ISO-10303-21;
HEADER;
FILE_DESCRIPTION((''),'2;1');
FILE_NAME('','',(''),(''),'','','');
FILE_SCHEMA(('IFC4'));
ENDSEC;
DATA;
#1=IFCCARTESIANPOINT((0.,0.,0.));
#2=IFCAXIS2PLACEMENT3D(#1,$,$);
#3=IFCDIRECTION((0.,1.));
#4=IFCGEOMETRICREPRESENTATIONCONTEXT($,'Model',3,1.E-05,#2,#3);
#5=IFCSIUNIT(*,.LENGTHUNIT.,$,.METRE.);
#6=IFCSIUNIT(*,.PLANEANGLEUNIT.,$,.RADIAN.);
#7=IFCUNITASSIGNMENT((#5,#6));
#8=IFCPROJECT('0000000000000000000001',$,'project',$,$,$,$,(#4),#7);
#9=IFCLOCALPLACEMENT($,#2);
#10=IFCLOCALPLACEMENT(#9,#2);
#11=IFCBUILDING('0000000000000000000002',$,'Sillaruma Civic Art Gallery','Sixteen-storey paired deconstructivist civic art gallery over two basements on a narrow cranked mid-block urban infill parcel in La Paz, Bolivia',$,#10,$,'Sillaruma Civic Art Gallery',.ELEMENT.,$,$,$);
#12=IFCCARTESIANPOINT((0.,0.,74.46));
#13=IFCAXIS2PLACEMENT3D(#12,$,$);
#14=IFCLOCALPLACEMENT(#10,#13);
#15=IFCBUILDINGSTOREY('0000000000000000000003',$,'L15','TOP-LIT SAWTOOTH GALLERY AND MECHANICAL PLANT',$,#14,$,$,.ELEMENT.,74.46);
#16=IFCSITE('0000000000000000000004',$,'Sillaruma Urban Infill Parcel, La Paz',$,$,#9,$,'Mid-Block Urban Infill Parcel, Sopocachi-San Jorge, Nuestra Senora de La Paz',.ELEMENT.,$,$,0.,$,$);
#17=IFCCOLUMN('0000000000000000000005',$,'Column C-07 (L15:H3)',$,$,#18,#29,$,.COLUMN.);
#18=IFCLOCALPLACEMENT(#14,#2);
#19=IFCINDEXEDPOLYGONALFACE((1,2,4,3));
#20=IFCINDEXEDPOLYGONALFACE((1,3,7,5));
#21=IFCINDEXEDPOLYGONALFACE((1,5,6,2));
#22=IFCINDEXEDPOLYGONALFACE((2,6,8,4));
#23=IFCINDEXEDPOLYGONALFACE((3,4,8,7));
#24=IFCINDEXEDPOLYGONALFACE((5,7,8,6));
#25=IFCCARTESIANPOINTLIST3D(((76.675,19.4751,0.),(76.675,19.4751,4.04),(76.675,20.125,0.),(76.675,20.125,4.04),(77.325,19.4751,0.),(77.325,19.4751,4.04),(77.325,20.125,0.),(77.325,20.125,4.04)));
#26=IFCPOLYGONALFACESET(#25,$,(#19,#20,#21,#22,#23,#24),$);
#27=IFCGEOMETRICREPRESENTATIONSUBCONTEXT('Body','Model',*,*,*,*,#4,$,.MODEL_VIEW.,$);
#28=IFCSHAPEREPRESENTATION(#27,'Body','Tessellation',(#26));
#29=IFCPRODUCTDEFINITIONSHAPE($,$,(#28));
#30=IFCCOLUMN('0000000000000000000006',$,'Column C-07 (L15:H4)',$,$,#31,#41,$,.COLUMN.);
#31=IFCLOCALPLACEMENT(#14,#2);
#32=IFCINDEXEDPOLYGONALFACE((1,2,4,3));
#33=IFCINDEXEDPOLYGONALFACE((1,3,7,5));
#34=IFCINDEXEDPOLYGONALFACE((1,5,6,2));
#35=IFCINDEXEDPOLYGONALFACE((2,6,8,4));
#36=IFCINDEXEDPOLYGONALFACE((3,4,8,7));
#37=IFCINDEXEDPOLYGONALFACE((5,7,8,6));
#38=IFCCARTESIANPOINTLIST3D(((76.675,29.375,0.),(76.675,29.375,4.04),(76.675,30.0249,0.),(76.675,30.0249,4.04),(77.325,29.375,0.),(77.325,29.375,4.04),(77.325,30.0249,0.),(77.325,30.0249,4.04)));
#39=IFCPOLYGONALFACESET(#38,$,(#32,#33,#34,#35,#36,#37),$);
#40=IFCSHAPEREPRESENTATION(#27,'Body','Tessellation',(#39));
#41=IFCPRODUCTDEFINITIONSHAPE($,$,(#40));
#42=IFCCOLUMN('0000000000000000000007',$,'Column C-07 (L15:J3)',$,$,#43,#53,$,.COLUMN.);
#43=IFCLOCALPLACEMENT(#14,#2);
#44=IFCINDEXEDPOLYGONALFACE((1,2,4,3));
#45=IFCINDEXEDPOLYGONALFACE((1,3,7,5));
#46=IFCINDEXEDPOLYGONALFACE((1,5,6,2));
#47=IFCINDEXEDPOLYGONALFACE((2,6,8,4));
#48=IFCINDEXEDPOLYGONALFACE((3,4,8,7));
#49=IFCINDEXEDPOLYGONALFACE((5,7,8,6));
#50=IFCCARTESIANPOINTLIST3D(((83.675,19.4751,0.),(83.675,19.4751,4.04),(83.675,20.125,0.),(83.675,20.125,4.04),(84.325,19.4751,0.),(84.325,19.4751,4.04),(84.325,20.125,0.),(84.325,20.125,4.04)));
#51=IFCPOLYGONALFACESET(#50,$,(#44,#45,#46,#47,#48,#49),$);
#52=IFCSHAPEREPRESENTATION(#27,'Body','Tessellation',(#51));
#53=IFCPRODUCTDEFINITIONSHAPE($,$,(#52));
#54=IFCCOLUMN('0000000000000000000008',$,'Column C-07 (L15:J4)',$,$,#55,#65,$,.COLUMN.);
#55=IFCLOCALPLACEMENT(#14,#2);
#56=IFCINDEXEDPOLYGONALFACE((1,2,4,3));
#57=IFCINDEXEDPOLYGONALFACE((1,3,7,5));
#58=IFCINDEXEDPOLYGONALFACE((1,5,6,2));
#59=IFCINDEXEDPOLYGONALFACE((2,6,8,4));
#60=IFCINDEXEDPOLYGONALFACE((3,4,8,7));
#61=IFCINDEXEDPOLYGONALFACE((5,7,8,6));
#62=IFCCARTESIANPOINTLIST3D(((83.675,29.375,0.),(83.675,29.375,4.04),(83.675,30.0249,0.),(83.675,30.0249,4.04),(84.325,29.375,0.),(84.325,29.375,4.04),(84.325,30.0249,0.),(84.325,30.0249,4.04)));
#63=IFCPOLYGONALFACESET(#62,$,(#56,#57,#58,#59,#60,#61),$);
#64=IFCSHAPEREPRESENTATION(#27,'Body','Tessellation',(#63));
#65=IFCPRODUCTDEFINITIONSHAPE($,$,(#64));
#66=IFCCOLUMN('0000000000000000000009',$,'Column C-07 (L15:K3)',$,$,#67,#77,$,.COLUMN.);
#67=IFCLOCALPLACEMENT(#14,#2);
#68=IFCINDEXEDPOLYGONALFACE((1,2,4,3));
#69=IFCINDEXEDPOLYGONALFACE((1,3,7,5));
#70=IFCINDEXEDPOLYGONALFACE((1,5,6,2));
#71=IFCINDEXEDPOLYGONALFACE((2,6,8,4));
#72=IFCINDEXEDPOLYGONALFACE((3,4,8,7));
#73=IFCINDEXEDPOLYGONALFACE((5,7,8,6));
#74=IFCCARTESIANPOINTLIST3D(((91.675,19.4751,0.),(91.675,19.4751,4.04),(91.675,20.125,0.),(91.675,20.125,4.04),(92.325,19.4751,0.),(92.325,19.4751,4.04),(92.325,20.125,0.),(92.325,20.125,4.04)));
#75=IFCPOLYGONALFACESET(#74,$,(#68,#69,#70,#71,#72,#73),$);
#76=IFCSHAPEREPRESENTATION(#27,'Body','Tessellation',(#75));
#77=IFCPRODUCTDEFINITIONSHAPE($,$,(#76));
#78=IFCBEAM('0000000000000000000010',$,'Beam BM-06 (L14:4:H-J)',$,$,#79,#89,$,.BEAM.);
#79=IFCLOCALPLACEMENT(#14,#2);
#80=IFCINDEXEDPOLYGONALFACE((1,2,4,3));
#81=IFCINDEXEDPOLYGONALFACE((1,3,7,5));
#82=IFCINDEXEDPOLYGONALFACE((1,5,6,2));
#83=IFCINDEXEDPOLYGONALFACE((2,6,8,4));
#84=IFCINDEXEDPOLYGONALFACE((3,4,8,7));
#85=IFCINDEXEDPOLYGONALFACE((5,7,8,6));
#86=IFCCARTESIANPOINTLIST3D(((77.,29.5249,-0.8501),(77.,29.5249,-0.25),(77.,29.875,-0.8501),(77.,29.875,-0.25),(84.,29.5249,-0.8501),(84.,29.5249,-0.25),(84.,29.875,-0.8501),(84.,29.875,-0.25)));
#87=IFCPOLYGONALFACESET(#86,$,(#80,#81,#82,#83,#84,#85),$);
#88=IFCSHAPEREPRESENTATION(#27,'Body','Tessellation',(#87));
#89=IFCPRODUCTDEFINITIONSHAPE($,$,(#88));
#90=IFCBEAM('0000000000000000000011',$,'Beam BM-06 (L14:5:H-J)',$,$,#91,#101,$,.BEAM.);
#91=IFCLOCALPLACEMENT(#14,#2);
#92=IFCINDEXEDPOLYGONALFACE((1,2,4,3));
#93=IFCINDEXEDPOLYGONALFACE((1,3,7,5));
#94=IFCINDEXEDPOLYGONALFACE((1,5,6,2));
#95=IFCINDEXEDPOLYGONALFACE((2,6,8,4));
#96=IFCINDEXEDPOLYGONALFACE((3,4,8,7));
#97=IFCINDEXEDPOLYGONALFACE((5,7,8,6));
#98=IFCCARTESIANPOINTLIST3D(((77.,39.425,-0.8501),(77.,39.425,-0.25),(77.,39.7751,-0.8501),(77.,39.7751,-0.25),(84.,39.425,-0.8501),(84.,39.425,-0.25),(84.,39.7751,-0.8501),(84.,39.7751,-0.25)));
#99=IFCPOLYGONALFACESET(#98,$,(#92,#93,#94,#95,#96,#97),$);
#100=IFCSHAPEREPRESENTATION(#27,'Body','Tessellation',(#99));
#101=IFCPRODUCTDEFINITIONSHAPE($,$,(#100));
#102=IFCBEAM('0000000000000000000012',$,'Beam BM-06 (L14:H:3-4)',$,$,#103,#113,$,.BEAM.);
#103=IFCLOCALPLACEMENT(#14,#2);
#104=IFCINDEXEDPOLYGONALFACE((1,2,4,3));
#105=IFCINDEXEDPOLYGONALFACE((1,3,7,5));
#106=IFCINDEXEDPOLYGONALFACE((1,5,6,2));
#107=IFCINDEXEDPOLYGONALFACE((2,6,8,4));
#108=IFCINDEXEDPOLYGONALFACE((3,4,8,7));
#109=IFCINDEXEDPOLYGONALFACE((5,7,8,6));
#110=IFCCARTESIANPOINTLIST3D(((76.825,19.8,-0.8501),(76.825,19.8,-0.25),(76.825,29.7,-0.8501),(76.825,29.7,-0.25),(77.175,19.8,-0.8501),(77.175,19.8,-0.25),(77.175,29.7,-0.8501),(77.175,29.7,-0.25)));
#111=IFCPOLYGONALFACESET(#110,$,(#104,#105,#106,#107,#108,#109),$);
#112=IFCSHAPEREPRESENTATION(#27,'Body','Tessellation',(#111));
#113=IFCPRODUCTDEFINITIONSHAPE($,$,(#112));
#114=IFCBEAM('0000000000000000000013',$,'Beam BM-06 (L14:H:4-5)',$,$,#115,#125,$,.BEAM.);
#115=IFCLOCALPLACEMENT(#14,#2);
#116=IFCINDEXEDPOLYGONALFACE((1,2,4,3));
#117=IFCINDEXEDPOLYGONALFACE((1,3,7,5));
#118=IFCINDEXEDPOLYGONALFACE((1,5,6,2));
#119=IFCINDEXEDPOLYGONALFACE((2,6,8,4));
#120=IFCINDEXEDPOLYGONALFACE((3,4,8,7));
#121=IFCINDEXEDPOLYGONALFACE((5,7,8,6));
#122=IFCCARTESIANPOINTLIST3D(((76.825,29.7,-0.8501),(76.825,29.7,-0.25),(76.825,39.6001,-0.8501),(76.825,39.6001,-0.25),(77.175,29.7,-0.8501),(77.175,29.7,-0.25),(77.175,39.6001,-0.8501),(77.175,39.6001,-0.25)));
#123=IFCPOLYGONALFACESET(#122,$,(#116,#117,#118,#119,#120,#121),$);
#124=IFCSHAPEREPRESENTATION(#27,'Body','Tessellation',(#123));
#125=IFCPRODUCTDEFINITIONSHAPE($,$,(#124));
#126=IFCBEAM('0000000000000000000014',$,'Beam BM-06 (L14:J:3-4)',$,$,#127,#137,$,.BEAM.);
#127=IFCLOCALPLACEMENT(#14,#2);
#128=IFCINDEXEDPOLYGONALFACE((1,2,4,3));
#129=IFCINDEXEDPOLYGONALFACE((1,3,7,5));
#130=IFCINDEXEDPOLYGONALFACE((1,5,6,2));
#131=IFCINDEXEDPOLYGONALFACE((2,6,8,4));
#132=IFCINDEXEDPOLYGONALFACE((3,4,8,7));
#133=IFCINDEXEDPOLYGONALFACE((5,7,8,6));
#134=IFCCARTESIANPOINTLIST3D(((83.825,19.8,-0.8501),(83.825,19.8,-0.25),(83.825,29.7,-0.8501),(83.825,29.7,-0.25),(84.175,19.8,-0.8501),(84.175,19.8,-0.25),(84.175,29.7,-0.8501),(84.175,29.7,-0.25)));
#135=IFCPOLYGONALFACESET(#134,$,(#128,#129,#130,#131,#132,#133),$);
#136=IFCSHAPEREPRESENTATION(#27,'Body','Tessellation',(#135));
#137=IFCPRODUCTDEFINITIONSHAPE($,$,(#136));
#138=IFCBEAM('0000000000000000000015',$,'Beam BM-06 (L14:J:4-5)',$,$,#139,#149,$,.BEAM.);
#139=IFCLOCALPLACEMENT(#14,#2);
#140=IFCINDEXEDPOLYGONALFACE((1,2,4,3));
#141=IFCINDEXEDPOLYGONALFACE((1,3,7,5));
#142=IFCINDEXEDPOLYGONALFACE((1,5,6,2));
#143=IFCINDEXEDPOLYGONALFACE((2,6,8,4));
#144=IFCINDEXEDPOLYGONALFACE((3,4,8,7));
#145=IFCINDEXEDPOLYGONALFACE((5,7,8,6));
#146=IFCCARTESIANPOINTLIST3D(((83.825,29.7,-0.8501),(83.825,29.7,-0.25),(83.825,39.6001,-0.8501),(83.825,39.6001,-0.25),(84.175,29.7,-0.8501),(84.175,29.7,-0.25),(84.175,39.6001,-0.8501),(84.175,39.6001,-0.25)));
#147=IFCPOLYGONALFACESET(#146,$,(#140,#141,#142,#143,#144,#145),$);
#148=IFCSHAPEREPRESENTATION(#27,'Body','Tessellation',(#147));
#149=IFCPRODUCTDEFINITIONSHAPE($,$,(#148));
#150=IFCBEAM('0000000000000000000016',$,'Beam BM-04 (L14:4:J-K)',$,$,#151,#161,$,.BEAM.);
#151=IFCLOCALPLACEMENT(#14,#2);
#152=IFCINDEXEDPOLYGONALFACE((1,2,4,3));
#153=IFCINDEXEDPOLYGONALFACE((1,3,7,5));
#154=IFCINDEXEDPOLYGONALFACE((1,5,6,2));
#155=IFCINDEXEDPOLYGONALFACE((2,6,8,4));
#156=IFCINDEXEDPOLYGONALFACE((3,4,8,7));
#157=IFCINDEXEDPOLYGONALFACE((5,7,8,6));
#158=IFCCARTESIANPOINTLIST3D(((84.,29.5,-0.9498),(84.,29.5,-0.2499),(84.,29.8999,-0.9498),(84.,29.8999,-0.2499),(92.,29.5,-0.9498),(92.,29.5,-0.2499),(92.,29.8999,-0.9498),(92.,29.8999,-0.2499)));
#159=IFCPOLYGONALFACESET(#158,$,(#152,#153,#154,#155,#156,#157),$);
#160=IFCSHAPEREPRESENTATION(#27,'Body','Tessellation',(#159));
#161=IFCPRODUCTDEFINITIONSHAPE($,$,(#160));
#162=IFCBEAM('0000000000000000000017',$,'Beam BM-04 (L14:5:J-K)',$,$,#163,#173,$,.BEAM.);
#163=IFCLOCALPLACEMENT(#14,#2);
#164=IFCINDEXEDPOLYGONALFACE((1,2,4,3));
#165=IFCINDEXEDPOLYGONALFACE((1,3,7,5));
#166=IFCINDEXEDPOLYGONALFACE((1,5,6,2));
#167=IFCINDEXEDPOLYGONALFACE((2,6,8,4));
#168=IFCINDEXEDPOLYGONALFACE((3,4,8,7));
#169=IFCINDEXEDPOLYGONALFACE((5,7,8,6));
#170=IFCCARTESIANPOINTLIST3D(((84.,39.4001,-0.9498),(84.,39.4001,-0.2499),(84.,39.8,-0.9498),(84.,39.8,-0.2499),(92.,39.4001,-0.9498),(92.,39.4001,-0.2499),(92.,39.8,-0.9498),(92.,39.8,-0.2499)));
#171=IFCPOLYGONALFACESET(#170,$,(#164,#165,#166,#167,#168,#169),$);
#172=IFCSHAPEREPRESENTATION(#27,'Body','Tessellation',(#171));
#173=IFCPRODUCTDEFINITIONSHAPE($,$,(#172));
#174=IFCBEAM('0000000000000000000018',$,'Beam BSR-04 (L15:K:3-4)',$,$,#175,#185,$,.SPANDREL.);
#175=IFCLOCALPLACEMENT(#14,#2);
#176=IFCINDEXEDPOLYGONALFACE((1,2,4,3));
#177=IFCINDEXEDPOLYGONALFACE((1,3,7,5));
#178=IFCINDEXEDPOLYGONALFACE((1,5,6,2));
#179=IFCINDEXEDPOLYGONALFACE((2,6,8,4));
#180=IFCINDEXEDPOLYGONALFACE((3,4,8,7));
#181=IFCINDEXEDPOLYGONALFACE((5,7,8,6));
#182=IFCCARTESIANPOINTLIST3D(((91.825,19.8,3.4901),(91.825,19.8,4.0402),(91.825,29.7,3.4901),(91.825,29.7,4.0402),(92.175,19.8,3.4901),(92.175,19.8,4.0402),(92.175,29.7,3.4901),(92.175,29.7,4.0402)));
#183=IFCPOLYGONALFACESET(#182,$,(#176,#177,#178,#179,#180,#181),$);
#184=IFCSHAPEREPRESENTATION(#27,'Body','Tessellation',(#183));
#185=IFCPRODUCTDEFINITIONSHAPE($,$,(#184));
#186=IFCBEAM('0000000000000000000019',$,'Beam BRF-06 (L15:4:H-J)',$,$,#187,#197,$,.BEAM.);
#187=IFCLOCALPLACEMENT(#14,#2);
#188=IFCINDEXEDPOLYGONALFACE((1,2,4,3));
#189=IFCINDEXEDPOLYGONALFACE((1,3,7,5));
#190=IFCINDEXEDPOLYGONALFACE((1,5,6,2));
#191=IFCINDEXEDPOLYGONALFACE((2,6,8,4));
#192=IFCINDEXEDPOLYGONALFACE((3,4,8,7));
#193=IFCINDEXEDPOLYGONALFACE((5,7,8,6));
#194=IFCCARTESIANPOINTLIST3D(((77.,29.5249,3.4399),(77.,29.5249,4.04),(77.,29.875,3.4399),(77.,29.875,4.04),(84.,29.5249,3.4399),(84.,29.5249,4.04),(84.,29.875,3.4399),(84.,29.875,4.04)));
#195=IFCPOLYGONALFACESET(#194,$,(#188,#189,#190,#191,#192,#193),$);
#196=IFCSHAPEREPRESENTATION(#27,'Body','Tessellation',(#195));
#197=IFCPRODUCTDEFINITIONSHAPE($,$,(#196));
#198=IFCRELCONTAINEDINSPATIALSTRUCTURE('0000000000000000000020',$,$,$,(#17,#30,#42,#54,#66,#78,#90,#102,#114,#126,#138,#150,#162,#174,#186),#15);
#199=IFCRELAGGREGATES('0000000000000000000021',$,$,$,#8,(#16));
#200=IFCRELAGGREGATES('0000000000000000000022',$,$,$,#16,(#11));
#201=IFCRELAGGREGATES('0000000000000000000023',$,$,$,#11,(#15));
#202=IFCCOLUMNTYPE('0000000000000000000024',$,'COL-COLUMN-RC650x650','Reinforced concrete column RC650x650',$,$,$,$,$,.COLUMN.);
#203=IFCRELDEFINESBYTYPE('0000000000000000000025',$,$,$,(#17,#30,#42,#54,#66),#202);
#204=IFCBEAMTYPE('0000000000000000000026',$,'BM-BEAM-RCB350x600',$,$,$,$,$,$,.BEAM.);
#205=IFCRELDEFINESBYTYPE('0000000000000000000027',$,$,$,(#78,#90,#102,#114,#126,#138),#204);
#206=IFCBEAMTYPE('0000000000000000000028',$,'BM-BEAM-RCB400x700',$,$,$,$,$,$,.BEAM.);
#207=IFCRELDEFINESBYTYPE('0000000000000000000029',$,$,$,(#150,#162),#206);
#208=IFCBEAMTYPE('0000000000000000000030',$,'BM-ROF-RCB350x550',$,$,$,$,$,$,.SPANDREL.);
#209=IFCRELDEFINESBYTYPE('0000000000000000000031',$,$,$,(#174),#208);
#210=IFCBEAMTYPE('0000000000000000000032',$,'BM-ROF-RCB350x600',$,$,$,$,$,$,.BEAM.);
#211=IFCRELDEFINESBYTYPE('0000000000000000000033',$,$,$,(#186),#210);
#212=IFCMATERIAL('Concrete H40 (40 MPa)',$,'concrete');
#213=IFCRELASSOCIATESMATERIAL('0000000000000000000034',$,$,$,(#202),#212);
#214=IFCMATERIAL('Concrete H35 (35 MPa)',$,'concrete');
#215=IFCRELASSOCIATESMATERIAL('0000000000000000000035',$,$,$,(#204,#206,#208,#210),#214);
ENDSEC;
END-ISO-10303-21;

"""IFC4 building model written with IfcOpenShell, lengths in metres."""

from ifc_helpers import new_model, si_unit, direction, frame, origin, origin_2d, place, context, subcontext, project, spatial, rectangle, extrude, material, material_profile, profile_set, type_object, element, save


model = new_model("IFC4")

# Units and contexts
model_context = context("Model", 3, precision=1e-05, world=origin(), true_north=direction((0.0, 1.0)))
body_context = subcontext(model_context, "Body", "Model", "MODEL_VIEW")
ifc_project = project(units=[si_unit("LENGTHUNIT", "METRE"), si_unit("PLANEANGLEUNIT", "RADIAN")], contexts=[model_context])

# Site, building, storey
site_placement = place(None, origin())
site = spatial("IfcSite", under=ifc_project, at=site_placement, Name="Sillaruma Urban Infill Parcel, La Paz", LongName="Mid-Block Urban Infill Parcel, Sopocachi-San Jorge, Nuestra Senora de La Paz", CompositionType="ELEMENT", RefElevation=0.0)
building_placement = place(site_placement, origin())
building = spatial("IfcBuilding", under=site, at=building_placement, Name="Sillaruma Civic Art Gallery", Description="Sixteen-storey paired deconstructivist civic art gallery over two basements on a narrow cranked mid-block urban infill parcel in La Paz, Bolivia", LongName="Sillaruma Civic Art Gallery", CompositionType="ELEMENT")
storey_placement = place(building_placement, frame((0.0, 0.0, 74.46)))
storey = spatial("IfcBuildingStorey", under=building, at=storey_placement, Name="L15", Description="TOP-LIT SAWTOOTH GALLERY AND MECHANICAL PLANT", CompositionType="ELEMENT", Elevation=74.46)

# Columns
ifc_material_1 = material(Name="Concrete H40 (40 MPa)", Category="concrete")
ifc_material_profile_1 = material_profile(ifc_material_1, rectangle(XDim=0.6499, YDim=0.6499, at=origin_2d()), Name="RC650x650")
ifc_profile_set_1 = profile_set([ifc_material_profile_1], Name="Concrete H40 (40 MPa)")
column_type = type_object("IfcColumnType", Name="COL-COLUMN-RC650x650", Description="Reinforced concrete column RC650x650", PredefinedType="COLUMN", material=ifc_profile_set_1)
for number, where, z_axis, x_axis, name in (
    (1, (77.0, 19.8, 0.0), (0.0, 0.0, 1.0), (1.0, 0.0, 0.0), "Column C-07 (L15:H3)"),
    (2, (77.0, 29.7, 0.0), (0.0, 0.0, 1.0), (1.0, 0.0, 0.0), "Column C-07 (L15:H4)"),
    (3, (84.0, 19.8, 0.0), (0.0, 0.0, 1.0), (1.0, 0.0, 0.0), "Column C-07 (L15:J3)"),
    (4, (84.0, 29.7, 0.0), (0.0, 0.0, 1.0), (1.0, 0.0, 0.0), "Column C-07 (L15:J4)"),
    (5, (92.0, 19.8, 0.0), (0.0, 0.0, 1.0), (1.0, 0.0, 0.0), "Column C-07 (L15:K3)"),
):
    element("IfcColumn", number, at=place(storey_placement, frame(where, z_axis=z_axis, x_axis=x_axis)), inside=storey, type_object=column_type, Name=name, PredefinedType="COLUMN", context=body_context, shape_type="SweptSolid", body=[
        extrude(rectangle(XDim=0.6499, YDim=0.6499, at=origin_2d()), origin(), (0.0, 0.0, 1.0), 4.04),
    ])

# Beams
ifc_material_2 = material(Name="Concrete H35 (35 MPa)", Category="concrete")
ifc_material_profile_2 = material_profile(ifc_material_2, rectangle(XDim=0.3501, YDim=0.6001, at=origin_2d()), Name="RCB350x600")
ifc_profile_set_2 = profile_set([ifc_material_profile_2], Name="Concrete H35 (35 MPa)")
beam_type_1 = type_object("IfcBeamType", Name="BM-BEAM-RCB350x600", PredefinedType="BEAM", material=ifc_profile_set_2)
for number, where, z_axis, x_axis, name in (
    (6, (77.0, 29.7, -0.55), (1.0, 0.0, 0.0), (0.0, 1.0, 0.0), "Beam BM-06 (L14:4:H-J)"),
    (7, (77.0, 39.6001, -0.55), (1.0, 0.0, 0.0), (0.0, 1.0, 0.0), "Beam BM-06 (L14:5:H-J)"),
):
    element("IfcBeam", number, at=place(storey_placement, frame(where, z_axis=z_axis, x_axis=x_axis)), inside=storey, type_object=beam_type_1, Name=name, PredefinedType="BEAM", context=body_context, shape_type="SweptSolid", body=[
        extrude(rectangle(XDim=0.3501, YDim=0.6001, at=origin_2d()), origin(), (0.0, 0.0, 1.0), 7.0),
    ])
beam_1_placement = place(storey_placement, frame((77.0, 19.8, -0.55), z_axis=(0.0, 1.0, 0.0), x_axis=(-1.0, 0.0, 0.0)))
element("IfcBeam", 8, at=beam_1_placement, inside=storey, type_object=beam_type_1, Name="Beam BM-06 (L14:H:3-4)", PredefinedType="BEAM", context=body_context, shape_type="SweptSolid", body=[
    extrude(rectangle(XDim=0.3501, YDim=0.6001, at=origin_2d()), origin(), (0.0, 0.0, 1.0), 9.8999),
])
beam_2_placement = place(storey_placement, frame((77.0, 29.7, -0.55), z_axis=(0.0, 1.0, 0.0), x_axis=(-1.0, 0.0, 0.0)))
element("IfcBeam", 9, at=beam_2_placement, inside=storey, type_object=beam_type_1, Name="Beam BM-06 (L14:H:4-5)", PredefinedType="BEAM", context=body_context, shape_type="SweptSolid", body=[
    extrude(rectangle(XDim=0.3501, YDim=0.6001, at=origin_2d()), origin(), (0.0, 0.0, 1.0), 9.9001),
])
beam_3_placement = place(storey_placement, frame((84.0, 19.8, -0.55), z_axis=(0.0, 1.0, 0.0), x_axis=(-1.0, 0.0, 0.0)))
element("IfcBeam", 10, at=beam_3_placement, inside=storey, type_object=beam_type_1, Name="Beam BM-06 (L14:J:3-4)", PredefinedType="BEAM", context=body_context, shape_type="SweptSolid", body=[
    extrude(rectangle(XDim=0.3501, YDim=0.6001, at=origin_2d()), origin(), (0.0, 0.0, 1.0), 9.8999),
])
beam_4_placement = place(storey_placement, frame((84.0, 29.7, -0.55), z_axis=(0.0, 1.0, 0.0), x_axis=(-1.0, 0.0, 0.0)))
element("IfcBeam", 11, at=beam_4_placement, inside=storey, type_object=beam_type_1, Name="Beam BM-06 (L14:J:4-5)", PredefinedType="BEAM", context=body_context, shape_type="SweptSolid", body=[
    extrude(rectangle(XDim=0.3501, YDim=0.6001, at=origin_2d()), origin(), (0.0, 0.0, 1.0), 9.9001),
])
ifc_material_profile_3 = material_profile(ifc_material_2, rectangle(XDim=0.3999, YDim=0.7, at=origin_2d()), Name="RCB400x700")
ifc_profile_set_3 = profile_set([ifc_material_profile_3], Name="Concrete H35 (35 MPa)")
beam_type_2 = type_object("IfcBeamType", Name="BM-BEAM-RCB400x700", PredefinedType="BEAM", material=ifc_profile_set_3)
for number, where, z_axis, x_axis, name in (
    (12, (84.0, 29.7, -0.5999), (1.0, 0.0, 0.0), (0.0, 1.0, 0.0), "Beam BM-04 (L14:4:J-K)"),
    (13, (84.0, 39.6001, -0.5999), (1.0, 0.0, 0.0), (0.0, 1.0, 0.0), "Beam BM-04 (L14:5:J-K)"),
):
    element("IfcBeam", number, at=place(storey_placement, frame(where, z_axis=z_axis, x_axis=x_axis)), inside=storey, type_object=beam_type_2, Name=name, PredefinedType="BEAM", context=body_context, shape_type="SweptSolid", body=[
        extrude(rectangle(XDim=0.3999, YDim=0.7, at=origin_2d()), origin(), (0.0, 0.0, 1.0), 8.0),
    ])
ifc_material_profile_4 = material_profile(ifc_material_2, rectangle(XDim=0.3501, YDim=0.55, at=origin_2d()), Name="RCB350x550")
ifc_profile_set_4 = profile_set([ifc_material_profile_4], Name="Concrete H35 (35 MPa)")
beam_type_3 = type_object("IfcBeamType", Name="BM-ROF-RCB350x550", PredefinedType="SPANDREL", material=ifc_profile_set_4)
beam_5_placement = place(storey_placement, frame((92.0, 19.8, 3.7651), z_axis=(0.0, 1.0, 0.0), x_axis=(-1.0, 0.0, 0.0)))
element("IfcBeam", 14, at=beam_5_placement, inside=storey, type_object=beam_type_3, Name="Beam BSR-04 (L15:K:3-4)", PredefinedType="SPANDREL", context=body_context, shape_type="SweptSolid", body=[
    extrude(rectangle(XDim=0.3501, YDim=0.55, at=origin_2d()), origin(), (0.0, 0.0, 1.0), 9.8999),
])
ifc_material_profile_5 = material_profile(ifc_material_2, rectangle(XDim=0.3501, YDim=0.6001, at=origin_2d()), Name="RCB350x600")
ifc_profile_set_5 = profile_set([ifc_material_profile_5], Name="Concrete H35 (35 MPa)")
beam_type_4 = type_object("IfcBeamType", Name="BM-ROF-RCB350x600", PredefinedType="BEAM", material=ifc_profile_set_5)
beam_6_placement = place(storey_placement, frame((77.0, 29.7, 3.74), z_axis=(1.0, 0.0, 0.0), x_axis=(0.0, 1.0, 0.0)))
element("IfcBeam", 15, at=beam_6_placement, inside=storey, type_object=beam_type_4, Name="Beam BRF-06 (L15:4:H-J)", PredefinedType="BEAM", context=body_context, shape_type="SweptSolid", body=[
    extrude(rectangle(XDim=0.3501, YDim=0.6001, at=origin_2d()), origin(), (0.0, 0.0, 1.0), 7.0),
])

save(model, "model.ifc")
